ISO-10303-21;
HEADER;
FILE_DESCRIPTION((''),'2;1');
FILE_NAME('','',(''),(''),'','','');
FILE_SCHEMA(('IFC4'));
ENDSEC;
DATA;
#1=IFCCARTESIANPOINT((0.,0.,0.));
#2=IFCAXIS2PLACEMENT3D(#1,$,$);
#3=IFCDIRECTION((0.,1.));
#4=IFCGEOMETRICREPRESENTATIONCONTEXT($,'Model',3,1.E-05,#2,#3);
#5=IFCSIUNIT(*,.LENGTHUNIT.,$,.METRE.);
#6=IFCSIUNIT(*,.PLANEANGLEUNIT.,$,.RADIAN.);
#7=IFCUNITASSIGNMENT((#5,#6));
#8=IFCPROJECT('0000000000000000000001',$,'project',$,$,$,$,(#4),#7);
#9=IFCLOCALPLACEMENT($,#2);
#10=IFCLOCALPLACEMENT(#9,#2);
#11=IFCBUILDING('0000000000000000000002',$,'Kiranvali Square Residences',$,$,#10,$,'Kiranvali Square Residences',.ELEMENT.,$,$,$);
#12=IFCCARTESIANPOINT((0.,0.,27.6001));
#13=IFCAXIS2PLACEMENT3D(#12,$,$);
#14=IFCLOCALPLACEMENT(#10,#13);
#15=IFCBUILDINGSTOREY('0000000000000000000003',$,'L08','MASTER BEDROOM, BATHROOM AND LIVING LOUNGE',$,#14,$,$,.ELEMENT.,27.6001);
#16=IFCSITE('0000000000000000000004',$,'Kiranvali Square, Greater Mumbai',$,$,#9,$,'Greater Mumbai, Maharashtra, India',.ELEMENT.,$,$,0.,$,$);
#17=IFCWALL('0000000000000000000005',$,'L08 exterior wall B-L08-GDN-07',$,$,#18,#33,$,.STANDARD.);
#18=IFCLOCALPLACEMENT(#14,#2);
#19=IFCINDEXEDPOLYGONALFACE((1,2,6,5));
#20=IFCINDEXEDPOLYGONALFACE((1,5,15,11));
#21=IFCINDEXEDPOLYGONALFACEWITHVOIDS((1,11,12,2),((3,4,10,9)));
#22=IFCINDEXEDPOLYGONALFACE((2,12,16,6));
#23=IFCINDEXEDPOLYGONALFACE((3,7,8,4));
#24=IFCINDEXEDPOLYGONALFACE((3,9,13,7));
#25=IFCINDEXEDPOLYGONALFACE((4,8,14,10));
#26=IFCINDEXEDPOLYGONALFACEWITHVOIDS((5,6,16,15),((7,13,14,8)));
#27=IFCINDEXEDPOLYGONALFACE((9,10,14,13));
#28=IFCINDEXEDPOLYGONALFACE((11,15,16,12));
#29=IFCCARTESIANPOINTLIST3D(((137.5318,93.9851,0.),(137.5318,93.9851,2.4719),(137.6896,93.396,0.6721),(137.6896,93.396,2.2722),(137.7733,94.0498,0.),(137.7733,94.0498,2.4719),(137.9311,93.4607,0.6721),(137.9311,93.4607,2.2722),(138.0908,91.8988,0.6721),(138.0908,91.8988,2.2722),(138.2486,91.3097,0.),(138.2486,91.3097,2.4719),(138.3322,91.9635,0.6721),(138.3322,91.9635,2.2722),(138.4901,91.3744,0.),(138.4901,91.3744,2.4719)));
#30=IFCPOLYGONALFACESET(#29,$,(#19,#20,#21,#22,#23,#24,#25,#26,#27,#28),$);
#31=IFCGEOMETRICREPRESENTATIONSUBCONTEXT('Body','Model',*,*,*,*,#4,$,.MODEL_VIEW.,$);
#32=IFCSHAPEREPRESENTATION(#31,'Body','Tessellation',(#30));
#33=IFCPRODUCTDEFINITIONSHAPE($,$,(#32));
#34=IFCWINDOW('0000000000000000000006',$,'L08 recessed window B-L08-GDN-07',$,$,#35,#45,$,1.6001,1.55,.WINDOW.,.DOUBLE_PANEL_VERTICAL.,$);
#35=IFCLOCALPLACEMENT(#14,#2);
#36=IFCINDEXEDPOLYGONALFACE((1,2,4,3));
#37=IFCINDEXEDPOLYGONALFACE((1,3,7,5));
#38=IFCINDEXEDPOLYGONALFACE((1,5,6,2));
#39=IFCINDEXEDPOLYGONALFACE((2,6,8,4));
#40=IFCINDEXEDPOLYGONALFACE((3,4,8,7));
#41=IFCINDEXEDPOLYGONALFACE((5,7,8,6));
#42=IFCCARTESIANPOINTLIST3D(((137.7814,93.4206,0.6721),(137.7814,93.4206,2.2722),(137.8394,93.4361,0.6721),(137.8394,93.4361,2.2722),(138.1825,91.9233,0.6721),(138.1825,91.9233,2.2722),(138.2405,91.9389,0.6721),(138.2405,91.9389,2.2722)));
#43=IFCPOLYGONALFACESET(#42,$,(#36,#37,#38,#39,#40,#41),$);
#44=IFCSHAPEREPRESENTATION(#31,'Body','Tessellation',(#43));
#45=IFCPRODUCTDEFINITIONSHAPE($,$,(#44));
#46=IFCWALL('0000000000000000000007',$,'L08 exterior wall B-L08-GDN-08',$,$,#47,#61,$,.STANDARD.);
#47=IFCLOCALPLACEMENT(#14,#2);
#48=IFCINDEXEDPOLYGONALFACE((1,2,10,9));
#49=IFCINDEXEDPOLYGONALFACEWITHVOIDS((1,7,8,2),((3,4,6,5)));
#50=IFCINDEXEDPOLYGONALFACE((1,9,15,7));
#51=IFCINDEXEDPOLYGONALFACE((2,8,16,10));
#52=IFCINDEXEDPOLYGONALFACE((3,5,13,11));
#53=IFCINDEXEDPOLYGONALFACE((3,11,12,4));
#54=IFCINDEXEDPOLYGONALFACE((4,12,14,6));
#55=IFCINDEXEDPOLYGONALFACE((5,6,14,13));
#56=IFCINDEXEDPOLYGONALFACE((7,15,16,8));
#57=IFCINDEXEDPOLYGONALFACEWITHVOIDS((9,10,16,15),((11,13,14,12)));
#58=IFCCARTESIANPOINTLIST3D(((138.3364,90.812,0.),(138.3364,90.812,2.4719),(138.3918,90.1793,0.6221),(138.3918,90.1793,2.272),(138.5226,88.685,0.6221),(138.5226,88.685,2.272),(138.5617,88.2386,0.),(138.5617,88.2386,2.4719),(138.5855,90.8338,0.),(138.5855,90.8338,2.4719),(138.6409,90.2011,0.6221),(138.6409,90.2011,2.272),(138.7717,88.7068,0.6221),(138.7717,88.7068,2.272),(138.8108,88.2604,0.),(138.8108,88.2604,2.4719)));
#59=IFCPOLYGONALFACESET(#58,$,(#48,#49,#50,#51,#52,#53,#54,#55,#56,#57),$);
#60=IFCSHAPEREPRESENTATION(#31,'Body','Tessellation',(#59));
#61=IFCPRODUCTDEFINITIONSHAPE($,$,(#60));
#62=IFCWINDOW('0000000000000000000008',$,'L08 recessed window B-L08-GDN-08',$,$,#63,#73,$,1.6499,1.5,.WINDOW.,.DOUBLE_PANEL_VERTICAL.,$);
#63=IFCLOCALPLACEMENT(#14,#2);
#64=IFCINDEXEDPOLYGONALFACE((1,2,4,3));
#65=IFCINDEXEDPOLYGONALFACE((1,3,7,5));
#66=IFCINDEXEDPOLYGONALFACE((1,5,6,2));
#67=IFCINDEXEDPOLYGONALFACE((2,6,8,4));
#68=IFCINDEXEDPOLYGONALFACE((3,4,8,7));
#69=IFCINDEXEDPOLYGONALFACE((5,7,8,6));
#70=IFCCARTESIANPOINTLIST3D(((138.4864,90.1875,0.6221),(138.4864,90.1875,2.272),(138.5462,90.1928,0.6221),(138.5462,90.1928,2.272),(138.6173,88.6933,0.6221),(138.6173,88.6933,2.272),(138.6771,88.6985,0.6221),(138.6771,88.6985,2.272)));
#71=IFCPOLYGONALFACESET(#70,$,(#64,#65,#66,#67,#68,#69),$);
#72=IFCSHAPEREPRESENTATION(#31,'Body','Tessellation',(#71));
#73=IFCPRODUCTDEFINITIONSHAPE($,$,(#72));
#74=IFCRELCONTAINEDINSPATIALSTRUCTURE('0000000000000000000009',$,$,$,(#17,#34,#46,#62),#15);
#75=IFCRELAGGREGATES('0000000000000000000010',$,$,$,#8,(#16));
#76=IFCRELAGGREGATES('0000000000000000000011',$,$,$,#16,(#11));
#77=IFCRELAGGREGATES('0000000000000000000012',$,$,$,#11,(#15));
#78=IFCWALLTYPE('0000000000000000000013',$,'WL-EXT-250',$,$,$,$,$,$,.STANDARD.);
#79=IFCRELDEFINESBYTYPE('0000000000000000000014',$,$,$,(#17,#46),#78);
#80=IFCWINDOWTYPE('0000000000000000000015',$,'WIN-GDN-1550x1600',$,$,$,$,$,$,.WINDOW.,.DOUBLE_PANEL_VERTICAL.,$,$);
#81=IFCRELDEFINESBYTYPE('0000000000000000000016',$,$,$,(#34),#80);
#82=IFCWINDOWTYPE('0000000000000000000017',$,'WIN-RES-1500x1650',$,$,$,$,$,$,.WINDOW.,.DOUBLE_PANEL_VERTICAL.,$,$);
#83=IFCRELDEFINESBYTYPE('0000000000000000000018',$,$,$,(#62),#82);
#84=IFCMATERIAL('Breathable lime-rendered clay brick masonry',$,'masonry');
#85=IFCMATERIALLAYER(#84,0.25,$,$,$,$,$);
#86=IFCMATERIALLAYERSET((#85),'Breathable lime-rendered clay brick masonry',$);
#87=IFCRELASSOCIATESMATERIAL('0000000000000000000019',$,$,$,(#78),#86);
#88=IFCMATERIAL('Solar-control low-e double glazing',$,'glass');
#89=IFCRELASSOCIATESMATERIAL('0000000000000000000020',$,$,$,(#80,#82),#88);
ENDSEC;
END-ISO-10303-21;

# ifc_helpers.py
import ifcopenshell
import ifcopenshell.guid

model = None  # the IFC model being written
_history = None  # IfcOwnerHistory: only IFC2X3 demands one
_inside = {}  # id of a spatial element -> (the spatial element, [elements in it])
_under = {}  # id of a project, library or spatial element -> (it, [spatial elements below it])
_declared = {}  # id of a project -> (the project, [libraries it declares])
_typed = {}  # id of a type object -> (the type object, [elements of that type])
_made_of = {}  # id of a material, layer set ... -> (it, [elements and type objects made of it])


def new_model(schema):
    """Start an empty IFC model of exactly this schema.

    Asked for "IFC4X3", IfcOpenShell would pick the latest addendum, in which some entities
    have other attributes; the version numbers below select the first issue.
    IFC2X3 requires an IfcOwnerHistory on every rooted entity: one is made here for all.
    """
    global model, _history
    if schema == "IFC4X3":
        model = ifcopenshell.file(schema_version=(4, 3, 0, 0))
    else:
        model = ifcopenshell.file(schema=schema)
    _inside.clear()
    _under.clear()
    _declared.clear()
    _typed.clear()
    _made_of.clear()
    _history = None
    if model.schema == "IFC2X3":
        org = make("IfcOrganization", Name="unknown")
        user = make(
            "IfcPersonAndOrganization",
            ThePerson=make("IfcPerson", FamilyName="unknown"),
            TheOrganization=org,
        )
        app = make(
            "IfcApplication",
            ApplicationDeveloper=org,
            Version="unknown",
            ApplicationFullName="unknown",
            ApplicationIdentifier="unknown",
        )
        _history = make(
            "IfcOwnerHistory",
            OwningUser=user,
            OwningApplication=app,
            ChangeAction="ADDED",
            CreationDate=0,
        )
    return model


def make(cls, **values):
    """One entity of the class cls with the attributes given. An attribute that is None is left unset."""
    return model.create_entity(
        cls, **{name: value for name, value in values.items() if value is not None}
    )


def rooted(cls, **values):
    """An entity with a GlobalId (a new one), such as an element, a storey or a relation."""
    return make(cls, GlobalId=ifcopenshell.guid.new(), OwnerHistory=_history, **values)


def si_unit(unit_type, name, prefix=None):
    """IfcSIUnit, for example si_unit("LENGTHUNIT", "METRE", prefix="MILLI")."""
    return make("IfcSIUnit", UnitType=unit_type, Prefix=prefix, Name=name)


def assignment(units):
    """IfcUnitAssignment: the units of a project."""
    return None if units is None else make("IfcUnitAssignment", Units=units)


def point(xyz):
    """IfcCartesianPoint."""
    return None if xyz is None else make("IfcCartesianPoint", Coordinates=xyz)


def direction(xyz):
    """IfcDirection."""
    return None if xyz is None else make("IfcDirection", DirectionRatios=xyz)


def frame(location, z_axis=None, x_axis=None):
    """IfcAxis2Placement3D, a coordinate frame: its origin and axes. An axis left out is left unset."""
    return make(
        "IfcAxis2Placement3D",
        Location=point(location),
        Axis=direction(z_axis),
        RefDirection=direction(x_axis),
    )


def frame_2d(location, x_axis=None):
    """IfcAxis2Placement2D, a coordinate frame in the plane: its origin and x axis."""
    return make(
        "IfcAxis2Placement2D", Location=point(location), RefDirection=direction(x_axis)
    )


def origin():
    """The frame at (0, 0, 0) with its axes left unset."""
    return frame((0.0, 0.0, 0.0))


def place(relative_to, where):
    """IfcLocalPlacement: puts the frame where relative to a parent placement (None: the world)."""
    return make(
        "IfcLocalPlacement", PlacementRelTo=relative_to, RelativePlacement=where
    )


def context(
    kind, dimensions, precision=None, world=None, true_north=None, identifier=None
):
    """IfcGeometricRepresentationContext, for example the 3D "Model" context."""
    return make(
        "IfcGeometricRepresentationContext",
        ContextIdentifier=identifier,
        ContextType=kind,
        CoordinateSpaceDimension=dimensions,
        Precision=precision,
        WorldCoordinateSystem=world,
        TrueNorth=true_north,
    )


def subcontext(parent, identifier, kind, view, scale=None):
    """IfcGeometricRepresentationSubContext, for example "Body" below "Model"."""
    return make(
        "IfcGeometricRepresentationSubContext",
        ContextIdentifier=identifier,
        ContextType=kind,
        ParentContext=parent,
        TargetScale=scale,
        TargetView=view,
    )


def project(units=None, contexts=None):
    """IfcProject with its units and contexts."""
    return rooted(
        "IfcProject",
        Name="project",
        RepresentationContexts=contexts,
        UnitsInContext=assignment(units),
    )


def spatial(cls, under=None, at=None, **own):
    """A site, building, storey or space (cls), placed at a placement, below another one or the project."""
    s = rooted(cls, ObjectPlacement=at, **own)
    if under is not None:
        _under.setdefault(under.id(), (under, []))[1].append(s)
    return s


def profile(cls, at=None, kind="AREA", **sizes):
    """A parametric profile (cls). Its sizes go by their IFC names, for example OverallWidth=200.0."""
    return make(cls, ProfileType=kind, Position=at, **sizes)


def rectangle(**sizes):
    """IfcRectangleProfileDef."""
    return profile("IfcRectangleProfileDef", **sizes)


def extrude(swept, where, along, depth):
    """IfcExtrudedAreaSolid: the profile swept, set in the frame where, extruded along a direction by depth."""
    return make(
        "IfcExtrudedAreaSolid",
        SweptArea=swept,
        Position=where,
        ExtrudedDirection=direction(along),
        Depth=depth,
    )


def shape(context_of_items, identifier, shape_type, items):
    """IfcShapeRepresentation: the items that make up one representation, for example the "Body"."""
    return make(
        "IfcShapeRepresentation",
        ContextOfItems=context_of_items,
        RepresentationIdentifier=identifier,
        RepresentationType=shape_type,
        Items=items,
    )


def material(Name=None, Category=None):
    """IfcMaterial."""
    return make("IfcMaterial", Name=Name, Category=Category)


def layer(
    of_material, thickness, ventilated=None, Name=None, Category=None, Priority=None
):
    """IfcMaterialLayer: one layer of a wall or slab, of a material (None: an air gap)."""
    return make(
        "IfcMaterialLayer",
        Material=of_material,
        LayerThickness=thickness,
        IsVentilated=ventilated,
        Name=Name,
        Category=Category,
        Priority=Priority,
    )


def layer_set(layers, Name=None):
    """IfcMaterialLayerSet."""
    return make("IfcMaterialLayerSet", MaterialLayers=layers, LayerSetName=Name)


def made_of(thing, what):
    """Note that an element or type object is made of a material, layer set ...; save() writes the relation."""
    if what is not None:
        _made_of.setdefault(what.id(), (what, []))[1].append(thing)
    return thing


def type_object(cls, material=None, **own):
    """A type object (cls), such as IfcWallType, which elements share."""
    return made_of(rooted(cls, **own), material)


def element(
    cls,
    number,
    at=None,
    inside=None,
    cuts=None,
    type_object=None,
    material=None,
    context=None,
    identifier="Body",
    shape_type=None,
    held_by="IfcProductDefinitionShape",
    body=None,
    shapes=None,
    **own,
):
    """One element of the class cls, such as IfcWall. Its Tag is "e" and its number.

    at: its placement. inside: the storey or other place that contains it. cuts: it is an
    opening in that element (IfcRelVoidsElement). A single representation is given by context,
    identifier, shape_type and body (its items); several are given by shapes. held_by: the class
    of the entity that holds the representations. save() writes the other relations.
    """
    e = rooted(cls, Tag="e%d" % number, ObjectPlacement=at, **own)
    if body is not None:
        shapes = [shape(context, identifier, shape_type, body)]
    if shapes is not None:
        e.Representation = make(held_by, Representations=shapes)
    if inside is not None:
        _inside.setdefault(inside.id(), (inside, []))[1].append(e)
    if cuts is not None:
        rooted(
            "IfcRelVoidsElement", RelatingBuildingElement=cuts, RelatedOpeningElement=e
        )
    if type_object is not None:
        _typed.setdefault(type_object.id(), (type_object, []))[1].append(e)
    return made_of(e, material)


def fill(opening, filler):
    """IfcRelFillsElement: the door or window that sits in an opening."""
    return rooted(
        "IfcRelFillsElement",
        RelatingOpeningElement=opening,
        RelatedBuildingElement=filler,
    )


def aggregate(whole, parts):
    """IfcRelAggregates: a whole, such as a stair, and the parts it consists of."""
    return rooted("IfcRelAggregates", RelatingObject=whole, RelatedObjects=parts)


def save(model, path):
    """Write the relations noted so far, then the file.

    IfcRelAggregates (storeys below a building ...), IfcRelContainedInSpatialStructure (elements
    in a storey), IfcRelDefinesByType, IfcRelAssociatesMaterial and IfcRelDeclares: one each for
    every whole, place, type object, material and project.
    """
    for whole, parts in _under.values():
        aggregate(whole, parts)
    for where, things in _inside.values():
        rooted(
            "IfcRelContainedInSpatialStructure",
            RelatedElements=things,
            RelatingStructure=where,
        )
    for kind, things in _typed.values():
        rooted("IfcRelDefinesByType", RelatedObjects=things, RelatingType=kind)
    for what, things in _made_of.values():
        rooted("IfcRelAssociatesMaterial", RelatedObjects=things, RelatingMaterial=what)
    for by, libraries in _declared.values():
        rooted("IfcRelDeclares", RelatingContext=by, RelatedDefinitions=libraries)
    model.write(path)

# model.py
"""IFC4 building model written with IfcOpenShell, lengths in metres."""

from ifc_helpers import new_model, si_unit, direction, frame, frame_2d, origin, place, context, subcontext, project, spatial, rectangle, extrude, material, layer, layer_set, type_object, element, fill, save


model = new_model("IFC4")

# Units and contexts
model_context = context("Model", 3, precision=1e-05, world=origin(), true_north=direction((0.0, 1.0)))
body_context = subcontext(model_context, "Body", "Model", "MODEL_VIEW")
ifc_project = project(units=[si_unit("LENGTHUNIT", "METRE"), si_unit("PLANEANGLEUNIT", "RADIAN")], contexts=[model_context])

# Site, building, storey
site_placement = place(None, origin())
site = spatial("IfcSite", under=ifc_project, at=site_placement, Name="Kiranvali Square, Greater Mumbai", LongName="Greater Mumbai, Maharashtra, India", CompositionType="ELEMENT", RefElevation=0.0)
building_placement = place(site_placement, origin())
building = spatial("IfcBuilding", under=site, at=building_placement, Name="Kiranvali Square Residences", LongName="Kiranvali Square Residences", CompositionType="ELEMENT")
storey_placement = place(building_placement, frame((0.0, 0.0, 27.6001)))
storey = spatial("IfcBuildingStorey", under=building, at=storey_placement, Name="L08", Description="MASTER BEDROOM, BATHROOM AND LIVING LOUNGE", CompositionType="ELEMENT", Elevation=27.6001)

# Shared definitions
ifc_material_1 = material(Name="Breathable lime-rendered clay brick masonry", Category="masonry")
ifc_layer = layer(ifc_material_1, 0.25)
ifc_layer_set = layer_set([ifc_layer], Name="Breathable lime-rendered clay brick masonry")
wall_type = type_object("IfcWallType", Name="WL-EXT-250", PredefinedType="STANDARD", material=ifc_layer_set)

# Walls, openings, windows
ifc_material_2 = material(Name="Solar-control low-e double glazing", Category="glass")
wall_1_placement = place(storey_placement, frame((137.6526, 94.0173, 0.0), z_axis=(0.0, 0.0, 1.0), x_axis=(0.258782, -0.965936, 0.0)))
wall_1 = element("IfcWall", 1, at=wall_1_placement, inside=storey, type_object=wall_type, Name="L08 exterior wall B-L08-GDN-07", PredefinedType="STANDARD", context=body_context, shape_type="SweptSolid", body=[
    extrude(rectangle(XDim=2.7698, YDim=0.25, at=frame_2d((1.3848, 0.0))), origin(), (0.0, 0.0, 1.0), 2.4719),
])
opening_1_placement = place(wall_1_placement, frame((0.6099, 0.0, 0.6721)))
opening_1 = element("IfcOpeningElement", 2, at=opening_1_placement, cuts=wall_1, PredefinedType="OPENING", context=body_context, shape_type="SweptSolid", body=[
    extrude(rectangle(XDim=1.55, YDim=1.6001, at=frame_2d((0.7749, 0.8))), frame((0.0, 0.135, 0.0), z_axis=(0.0, -1.0, 0.0), x_axis=(1.0, 0.0, 0.0)), (0.0, 0.0, 1.0), 0.27),
])
window_type_1 = type_object("IfcWindowType", Name="WIN-GDN-1550x1600", PartitioningType="DOUBLE_PANEL_VERTICAL", PredefinedType="WINDOW", material=ifc_material_2)
window_1_placement = place(opening_1_placement, origin())
window_1 = element("IfcWindow", 3, at=window_1_placement, inside=storey, type_object=window_type_1, Name="L08 recessed window B-L08-GDN-07", OverallHeight=1.6001, OverallWidth=1.55, PartitioningType="DOUBLE_PANEL_VERTICAL", PredefinedType="WINDOW", context=body_context, shape_type="SweptSolid", body=[
    extrude(rectangle(XDim=1.55, YDim=1.6001, at=frame_2d((0.7749, 0.8))), frame((0.0, 0.03, 0.0), z_axis=(0.0, -1.0, 0.0), x_axis=(1.0, 0.0, 0.0)), (0.0, 0.0, 1.0), 0.0601),
])
fill(opening_1, window_1)
wall_2_placement = place(storey_placement, frame((138.4609, 90.8228, 0.0), z_axis=(0.0, 0.0, 1.0), x_axis=(0.087229, -0.996188, 0.0)))
wall_2 = element("IfcWall", 4, at=wall_2_placement, inside=storey, type_object=wall_type, Name="L08 exterior wall B-L08-GDN-08", PredefinedType="STANDARD", context=body_context, shape_type="SweptSolid", body=[
    extrude(rectangle(XDim=2.5833, YDim=0.25, at=frame_2d((1.2915, 0.0))), origin(), (0.0, 0.0, 1.0), 2.4719),
])
opening_2_placement = place(wall_2_placement, frame((0.635, 0.0, 0.6221)))
opening_2 = element("IfcOpeningElement", 5, at=opening_2_placement, cuts=wall_2, PredefinedType="OPENING", context=body_context, shape_type="SweptSolid", body=[
    extrude(rectangle(XDim=1.5, YDim=1.6499, at=frame_2d((0.75, 0.825))), frame((0.0, 0.135, 0.0), z_axis=(0.0, -1.0, 0.0), x_axis=(1.0, 0.0, 0.0)), (0.0, 0.0, 1.0), 0.27),
])
window_type_2 = type_object("IfcWindowType", Name="WIN-RES-1500x1650", PartitioningType="DOUBLE_PANEL_VERTICAL", PredefinedType="WINDOW", material=ifc_material_2)
window_2_placement = place(opening_2_placement, origin())
window_2 = element("IfcWindow", 6, at=window_2_placement, inside=storey, type_object=window_type_2, Name="L08 recessed window B-L08-GDN-08", OverallHeight=1.6499, OverallWidth=1.5, PartitioningType="DOUBLE_PANEL_VERTICAL", PredefinedType="WINDOW", context=body_context, shape_type="SweptSolid", body=[
    extrude(rectangle(XDim=1.5, YDim=1.6499, at=frame_2d((0.75, 0.825))), frame((0.0, 0.03, 0.0), z_axis=(0.0, -1.0, 0.0), x_axis=(1.0, 0.0, 0.0)), (0.0, 0.0, 1.0), 0.0601),
])
fill(opening_2, window_2)

save(model, "model.ifc")
